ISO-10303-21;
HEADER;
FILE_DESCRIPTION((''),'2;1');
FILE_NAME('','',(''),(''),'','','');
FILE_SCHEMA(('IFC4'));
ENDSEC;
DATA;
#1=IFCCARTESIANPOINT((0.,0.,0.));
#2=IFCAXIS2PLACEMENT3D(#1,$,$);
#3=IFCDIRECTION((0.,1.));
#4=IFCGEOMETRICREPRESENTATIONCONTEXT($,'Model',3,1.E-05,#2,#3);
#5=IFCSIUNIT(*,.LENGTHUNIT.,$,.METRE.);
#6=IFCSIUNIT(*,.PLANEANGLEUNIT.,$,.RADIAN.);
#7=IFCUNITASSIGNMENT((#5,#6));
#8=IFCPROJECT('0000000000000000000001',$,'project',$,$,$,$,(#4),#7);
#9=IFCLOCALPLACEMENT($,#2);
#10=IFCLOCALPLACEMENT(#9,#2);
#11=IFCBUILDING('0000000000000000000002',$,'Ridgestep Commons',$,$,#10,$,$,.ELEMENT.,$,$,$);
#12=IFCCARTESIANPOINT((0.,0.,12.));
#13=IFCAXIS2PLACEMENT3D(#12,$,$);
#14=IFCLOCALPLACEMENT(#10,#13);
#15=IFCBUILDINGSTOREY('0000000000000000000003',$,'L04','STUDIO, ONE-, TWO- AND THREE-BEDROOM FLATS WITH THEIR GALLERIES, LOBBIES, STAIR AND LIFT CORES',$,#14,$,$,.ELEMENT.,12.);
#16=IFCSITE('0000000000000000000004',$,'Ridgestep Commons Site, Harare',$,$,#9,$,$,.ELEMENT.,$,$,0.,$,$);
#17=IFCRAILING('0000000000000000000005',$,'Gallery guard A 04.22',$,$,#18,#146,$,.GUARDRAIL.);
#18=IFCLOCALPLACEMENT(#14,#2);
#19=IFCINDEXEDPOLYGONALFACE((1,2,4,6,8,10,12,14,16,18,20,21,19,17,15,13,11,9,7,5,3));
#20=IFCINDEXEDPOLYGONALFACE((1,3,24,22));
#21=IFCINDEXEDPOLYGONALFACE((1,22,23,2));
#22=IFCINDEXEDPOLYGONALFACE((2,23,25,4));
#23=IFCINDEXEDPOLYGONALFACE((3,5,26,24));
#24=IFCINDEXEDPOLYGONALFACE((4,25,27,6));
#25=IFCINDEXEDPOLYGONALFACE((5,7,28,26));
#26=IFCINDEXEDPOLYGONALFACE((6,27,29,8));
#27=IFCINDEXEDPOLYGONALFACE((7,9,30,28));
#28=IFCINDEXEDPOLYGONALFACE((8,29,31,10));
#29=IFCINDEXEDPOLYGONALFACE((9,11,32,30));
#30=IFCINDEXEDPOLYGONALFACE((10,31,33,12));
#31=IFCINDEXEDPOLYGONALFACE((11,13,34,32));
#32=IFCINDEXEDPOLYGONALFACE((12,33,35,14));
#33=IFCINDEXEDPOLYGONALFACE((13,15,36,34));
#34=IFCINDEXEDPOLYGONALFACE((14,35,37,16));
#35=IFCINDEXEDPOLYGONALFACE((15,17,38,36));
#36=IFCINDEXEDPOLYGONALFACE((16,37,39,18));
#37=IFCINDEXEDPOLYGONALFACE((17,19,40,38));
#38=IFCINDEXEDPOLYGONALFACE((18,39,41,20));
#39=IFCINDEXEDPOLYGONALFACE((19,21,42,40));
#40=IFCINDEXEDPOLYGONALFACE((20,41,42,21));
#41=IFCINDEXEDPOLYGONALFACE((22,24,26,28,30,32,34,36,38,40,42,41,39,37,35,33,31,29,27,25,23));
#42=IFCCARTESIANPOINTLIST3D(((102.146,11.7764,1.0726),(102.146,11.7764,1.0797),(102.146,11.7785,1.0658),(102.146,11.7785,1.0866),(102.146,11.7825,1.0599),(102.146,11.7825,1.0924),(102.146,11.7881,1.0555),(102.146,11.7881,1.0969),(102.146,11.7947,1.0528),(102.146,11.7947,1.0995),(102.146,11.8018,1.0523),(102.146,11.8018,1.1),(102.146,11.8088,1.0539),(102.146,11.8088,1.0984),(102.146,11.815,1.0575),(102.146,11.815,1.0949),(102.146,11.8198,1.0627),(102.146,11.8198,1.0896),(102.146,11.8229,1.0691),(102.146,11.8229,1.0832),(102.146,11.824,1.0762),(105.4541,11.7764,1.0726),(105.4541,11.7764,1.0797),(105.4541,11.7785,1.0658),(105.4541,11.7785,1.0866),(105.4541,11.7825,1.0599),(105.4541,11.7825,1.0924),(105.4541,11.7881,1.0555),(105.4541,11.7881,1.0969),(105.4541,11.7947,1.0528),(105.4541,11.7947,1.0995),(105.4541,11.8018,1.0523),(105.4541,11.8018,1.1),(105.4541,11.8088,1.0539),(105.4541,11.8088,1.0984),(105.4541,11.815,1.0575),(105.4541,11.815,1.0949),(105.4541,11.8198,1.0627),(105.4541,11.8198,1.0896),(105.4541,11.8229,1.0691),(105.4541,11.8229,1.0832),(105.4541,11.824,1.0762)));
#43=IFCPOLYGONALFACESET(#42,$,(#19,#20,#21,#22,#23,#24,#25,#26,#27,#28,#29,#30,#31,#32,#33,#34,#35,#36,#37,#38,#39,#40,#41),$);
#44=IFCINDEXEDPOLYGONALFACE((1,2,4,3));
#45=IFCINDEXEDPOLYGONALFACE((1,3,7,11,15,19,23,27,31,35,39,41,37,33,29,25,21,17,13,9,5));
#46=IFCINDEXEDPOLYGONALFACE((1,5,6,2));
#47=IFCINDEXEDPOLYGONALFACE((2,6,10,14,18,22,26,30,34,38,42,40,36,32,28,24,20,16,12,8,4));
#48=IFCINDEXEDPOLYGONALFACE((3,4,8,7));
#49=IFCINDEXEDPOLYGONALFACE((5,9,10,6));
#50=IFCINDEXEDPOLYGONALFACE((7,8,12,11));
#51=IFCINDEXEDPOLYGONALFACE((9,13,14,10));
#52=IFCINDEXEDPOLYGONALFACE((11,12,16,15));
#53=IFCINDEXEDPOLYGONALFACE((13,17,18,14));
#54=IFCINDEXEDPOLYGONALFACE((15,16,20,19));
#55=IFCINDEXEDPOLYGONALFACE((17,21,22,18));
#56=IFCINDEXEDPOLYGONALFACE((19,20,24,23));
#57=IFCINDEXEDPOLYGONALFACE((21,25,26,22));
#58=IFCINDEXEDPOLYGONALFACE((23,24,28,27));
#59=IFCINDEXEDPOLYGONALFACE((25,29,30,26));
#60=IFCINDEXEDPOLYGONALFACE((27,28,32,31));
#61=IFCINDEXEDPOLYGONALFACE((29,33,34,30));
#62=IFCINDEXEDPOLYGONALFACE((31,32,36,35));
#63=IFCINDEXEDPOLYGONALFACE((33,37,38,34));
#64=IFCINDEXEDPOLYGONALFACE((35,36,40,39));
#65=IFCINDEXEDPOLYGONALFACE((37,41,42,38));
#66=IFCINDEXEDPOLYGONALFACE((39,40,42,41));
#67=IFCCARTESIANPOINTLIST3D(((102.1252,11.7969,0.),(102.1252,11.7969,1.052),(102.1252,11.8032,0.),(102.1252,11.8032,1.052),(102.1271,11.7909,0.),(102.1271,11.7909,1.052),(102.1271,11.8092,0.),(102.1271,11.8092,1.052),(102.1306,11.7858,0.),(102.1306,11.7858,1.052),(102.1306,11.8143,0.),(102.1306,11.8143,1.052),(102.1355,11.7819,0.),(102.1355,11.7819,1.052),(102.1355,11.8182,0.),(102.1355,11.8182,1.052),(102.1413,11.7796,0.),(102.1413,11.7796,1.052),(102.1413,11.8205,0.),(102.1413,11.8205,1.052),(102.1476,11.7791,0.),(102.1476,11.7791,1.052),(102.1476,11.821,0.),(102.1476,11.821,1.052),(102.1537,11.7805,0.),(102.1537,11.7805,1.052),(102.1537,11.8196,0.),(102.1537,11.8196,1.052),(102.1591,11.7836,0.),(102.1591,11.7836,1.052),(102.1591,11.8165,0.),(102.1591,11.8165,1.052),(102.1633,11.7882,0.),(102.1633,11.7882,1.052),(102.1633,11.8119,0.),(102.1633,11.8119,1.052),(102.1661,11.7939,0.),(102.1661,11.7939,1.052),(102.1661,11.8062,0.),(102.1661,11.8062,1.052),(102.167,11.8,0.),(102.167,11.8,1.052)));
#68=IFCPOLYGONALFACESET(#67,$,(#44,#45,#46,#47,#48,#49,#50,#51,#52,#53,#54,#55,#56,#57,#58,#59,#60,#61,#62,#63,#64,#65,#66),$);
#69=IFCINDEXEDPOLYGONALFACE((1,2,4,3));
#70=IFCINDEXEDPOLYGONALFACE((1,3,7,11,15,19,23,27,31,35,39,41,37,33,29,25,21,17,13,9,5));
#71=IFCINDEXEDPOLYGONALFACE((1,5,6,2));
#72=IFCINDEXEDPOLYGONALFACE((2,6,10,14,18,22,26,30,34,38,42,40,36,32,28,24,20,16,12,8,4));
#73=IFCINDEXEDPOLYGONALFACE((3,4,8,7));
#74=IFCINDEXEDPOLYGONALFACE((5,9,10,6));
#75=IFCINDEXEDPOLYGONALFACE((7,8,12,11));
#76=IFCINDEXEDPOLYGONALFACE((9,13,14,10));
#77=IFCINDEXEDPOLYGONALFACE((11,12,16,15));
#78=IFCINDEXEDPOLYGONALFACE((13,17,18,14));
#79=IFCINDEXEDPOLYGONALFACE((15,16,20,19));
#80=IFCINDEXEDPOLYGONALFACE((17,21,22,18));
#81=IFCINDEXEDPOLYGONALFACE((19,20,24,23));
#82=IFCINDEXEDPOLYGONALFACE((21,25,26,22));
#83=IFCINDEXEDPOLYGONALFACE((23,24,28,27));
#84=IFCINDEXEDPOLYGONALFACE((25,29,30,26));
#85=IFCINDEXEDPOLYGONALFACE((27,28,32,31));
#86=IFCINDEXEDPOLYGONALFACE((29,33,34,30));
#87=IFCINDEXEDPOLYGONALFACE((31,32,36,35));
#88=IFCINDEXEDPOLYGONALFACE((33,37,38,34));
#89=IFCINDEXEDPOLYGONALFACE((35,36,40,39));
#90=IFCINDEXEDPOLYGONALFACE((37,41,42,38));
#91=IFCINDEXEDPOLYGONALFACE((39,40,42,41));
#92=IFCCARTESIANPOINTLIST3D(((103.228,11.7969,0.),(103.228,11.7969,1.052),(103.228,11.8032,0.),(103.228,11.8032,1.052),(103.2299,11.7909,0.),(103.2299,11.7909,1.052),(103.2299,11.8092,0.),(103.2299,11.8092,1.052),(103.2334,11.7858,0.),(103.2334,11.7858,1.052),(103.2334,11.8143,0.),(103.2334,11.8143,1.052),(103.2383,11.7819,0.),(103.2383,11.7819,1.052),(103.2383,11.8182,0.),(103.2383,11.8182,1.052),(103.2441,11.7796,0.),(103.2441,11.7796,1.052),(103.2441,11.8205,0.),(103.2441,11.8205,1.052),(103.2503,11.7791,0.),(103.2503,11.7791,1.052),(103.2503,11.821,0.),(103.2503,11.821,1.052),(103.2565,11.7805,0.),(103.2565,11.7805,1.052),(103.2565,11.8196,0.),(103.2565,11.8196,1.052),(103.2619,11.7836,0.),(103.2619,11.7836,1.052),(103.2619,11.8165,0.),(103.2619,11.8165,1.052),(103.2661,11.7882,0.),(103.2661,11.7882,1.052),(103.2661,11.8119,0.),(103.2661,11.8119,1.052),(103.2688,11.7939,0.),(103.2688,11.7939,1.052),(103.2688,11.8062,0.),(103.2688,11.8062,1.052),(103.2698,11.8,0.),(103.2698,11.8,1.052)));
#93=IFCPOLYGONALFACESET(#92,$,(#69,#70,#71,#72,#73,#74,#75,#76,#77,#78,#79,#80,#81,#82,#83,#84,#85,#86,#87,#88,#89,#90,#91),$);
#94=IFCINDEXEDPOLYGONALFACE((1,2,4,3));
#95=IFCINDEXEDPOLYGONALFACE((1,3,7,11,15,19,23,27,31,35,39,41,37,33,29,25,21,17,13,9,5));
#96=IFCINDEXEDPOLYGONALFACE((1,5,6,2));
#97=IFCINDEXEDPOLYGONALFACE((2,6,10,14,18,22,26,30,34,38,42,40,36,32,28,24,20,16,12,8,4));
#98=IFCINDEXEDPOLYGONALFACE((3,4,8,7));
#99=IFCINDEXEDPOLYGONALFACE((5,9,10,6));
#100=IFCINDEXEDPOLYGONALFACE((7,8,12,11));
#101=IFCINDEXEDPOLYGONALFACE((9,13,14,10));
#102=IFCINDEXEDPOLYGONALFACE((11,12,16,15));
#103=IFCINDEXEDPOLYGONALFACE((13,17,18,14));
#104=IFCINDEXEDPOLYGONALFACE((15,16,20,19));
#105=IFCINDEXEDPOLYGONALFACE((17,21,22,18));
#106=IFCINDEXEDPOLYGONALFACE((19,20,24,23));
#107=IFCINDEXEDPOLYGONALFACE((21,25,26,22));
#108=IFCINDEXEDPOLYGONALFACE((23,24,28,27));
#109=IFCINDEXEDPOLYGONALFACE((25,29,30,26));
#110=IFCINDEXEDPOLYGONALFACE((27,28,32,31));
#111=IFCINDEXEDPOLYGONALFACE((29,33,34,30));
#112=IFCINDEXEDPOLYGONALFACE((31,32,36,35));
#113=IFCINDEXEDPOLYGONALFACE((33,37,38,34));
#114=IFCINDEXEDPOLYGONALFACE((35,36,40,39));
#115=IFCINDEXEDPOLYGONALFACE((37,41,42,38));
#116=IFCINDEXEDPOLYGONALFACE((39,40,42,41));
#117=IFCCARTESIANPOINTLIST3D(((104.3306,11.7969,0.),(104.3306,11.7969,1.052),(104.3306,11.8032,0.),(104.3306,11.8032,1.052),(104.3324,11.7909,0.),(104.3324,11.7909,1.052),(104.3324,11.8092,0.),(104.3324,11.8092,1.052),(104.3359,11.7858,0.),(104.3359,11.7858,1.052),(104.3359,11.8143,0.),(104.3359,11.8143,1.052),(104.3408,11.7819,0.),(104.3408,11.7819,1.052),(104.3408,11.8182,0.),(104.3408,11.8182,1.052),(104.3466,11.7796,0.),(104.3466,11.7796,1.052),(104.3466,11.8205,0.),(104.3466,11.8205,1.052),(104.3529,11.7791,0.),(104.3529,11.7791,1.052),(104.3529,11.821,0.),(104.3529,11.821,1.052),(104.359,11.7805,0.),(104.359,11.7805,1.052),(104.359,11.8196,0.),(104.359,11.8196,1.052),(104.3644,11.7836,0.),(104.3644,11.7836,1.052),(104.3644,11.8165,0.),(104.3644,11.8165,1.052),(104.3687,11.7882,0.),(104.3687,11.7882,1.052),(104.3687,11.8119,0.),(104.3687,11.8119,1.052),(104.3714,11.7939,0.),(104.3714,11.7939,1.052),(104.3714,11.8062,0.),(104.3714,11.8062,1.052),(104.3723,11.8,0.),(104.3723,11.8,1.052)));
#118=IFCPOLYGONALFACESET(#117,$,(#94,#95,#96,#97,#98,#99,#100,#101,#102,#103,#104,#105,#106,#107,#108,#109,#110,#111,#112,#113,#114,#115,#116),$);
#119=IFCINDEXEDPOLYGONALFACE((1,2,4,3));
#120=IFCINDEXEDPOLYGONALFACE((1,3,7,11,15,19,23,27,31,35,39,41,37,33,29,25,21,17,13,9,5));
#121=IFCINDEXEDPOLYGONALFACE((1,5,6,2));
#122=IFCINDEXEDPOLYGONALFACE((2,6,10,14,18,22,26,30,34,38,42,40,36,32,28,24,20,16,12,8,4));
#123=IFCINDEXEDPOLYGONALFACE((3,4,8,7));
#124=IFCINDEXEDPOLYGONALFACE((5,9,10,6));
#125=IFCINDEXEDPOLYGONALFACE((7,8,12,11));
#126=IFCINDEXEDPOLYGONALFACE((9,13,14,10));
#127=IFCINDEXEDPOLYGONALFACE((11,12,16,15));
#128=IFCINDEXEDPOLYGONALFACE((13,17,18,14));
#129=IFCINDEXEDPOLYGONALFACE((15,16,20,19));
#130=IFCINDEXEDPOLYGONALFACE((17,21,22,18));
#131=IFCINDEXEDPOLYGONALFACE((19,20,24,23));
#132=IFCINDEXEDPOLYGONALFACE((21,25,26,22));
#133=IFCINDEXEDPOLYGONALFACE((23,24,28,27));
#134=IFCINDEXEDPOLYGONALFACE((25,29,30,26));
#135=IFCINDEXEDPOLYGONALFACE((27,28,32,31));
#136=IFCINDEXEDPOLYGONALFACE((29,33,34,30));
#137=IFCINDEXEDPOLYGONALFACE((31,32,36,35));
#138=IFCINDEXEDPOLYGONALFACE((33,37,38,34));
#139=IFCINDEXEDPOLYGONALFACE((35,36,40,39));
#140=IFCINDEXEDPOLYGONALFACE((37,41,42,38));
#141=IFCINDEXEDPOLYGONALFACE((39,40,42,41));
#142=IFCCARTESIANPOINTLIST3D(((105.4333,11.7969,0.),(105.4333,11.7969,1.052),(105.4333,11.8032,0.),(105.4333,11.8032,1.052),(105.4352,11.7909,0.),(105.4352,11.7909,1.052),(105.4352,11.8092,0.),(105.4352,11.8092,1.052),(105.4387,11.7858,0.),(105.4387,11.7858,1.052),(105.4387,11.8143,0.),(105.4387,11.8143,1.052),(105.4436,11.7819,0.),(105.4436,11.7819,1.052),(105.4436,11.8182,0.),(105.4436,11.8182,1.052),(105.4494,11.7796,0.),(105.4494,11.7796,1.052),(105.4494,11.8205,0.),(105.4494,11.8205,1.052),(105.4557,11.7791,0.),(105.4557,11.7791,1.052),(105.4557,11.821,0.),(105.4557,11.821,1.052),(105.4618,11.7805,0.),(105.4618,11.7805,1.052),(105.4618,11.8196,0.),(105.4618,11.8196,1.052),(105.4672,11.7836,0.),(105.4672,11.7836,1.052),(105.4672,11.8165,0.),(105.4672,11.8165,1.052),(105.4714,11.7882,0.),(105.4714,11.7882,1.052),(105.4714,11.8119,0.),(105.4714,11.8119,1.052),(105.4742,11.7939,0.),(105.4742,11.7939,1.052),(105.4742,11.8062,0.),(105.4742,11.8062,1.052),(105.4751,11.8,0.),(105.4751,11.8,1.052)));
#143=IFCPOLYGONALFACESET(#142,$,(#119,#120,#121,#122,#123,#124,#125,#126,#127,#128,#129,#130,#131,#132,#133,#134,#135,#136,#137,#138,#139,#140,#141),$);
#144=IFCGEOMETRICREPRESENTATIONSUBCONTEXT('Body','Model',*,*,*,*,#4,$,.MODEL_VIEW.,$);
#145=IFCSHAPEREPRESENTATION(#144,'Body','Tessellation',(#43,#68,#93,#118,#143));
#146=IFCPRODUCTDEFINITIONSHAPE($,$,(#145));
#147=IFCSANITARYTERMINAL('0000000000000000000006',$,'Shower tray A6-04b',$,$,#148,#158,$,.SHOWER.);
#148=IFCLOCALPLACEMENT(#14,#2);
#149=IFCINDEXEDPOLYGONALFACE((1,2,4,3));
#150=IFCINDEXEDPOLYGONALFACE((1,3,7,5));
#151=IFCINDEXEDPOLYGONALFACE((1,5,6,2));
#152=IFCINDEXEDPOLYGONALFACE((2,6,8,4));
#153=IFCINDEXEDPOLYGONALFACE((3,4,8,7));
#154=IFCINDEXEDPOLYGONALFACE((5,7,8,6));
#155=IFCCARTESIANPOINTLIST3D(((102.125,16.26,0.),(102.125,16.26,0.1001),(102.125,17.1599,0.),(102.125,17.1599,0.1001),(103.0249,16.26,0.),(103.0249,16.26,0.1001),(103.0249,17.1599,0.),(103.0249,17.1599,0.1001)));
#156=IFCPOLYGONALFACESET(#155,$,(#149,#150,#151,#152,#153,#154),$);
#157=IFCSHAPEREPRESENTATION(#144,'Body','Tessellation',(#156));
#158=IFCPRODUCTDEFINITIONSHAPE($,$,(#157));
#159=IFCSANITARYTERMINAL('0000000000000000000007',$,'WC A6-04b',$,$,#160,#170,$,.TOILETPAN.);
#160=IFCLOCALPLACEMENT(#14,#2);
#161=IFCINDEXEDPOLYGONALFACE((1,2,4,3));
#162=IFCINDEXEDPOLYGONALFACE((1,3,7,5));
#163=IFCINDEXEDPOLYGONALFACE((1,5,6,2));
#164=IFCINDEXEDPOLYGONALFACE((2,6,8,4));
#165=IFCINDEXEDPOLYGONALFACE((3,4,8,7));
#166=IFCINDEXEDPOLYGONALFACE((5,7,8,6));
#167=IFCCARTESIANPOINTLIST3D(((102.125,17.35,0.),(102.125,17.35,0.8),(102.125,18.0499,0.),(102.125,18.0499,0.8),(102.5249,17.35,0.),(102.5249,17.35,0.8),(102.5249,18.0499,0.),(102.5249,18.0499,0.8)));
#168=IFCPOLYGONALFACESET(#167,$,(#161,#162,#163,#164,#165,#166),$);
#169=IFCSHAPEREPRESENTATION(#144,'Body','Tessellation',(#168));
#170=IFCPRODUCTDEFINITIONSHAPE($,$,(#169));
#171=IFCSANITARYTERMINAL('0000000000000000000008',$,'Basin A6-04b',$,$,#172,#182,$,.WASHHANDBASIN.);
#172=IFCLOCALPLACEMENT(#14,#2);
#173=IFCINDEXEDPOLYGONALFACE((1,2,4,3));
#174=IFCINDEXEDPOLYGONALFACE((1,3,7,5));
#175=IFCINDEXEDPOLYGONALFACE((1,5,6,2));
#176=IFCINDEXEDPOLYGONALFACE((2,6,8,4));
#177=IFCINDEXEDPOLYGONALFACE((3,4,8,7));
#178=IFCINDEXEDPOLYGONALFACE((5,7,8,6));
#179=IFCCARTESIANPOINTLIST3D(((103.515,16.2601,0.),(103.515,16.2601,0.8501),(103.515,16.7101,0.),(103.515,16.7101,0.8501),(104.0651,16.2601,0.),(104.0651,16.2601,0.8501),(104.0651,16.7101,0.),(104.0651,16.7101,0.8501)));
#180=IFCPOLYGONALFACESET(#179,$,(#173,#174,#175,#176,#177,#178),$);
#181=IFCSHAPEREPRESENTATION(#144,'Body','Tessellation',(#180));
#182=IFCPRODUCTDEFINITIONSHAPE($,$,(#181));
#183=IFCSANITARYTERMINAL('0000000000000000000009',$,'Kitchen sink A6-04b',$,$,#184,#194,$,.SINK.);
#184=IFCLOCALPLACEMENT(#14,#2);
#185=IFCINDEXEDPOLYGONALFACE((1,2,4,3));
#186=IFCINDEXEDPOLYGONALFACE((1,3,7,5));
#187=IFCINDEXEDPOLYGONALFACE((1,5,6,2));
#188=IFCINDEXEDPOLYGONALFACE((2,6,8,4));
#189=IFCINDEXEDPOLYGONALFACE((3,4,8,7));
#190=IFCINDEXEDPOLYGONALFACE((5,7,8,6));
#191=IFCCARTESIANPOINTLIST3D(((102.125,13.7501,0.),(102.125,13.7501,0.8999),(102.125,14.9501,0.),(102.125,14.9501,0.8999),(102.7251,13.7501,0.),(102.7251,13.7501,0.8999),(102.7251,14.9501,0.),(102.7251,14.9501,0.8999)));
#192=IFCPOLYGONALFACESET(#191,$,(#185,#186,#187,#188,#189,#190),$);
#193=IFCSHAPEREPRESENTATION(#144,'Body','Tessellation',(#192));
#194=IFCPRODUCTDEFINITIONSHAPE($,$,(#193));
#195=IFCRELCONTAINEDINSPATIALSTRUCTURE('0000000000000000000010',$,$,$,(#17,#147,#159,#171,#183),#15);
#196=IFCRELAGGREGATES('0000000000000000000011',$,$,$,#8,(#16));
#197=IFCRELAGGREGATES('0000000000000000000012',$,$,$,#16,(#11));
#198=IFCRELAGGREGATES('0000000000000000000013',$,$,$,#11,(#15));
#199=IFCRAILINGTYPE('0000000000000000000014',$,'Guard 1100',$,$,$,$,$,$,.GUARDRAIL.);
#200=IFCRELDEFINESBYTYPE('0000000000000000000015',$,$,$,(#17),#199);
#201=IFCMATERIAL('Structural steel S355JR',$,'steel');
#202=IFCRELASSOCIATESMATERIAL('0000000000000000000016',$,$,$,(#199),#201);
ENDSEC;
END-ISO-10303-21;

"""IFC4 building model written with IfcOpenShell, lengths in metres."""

from ifc_helpers import new_model, si_unit, direction, frame, origin, origin_2d, place, context, subcontext, project, spatial, rectangle, circle, extrude, material, type_object, element, save


model = new_model("IFC4")

# Units and contexts
model_context = context("Model", 3, precision=1e-05, world=origin(), true_north=direction((0.0, 1.0)))
body_context = subcontext(model_context, "Body", "Model", "MODEL_VIEW")
ifc_project = project(units=[si_unit("LENGTHUNIT", "METRE"), si_unit("PLANEANGLEUNIT", "RADIAN")], contexts=[model_context])

# Site, building, storey
site_placement = place(None, origin())
site = spatial("IfcSite", under=ifc_project, at=site_placement, Name="Ridgestep Commons Site, Harare", CompositionType="ELEMENT", RefElevation=0.0)
building_placement = place(site_placement, origin())
building = spatial("IfcBuilding", under=site, at=building_placement, Name="Ridgestep Commons", CompositionType="ELEMENT")
storey_placement = place(building_placement, frame((0.0, 0.0, 12.0)))
storey = spatial("IfcBuildingStorey", under=building, at=storey_placement, Name="L04", Description="STUDIO, ONE-, TWO- AND THREE-BEDROOM FLATS WITH THEIR GALLERIES, LOBBIES, STAIR AND LIFT CORES", CompositionType="ELEMENT", Elevation=12.0)

# Railing
ifc_material_1 = material(Name="Structural steel S355JR", Category="steel")
railing_type = type_object("IfcRailingType", Name="Guard 1100", PredefinedType="GUARDRAIL", material=ifc_material_1)
railing_placement = place(storey_placement, frame((102.146, 11.8, 0.0)))
element("IfcRailing", 1, at=railing_placement, inside=storey, type_object=railing_type, Name="Gallery guard A 04.22", PredefinedType="GUARDRAIL", context=body_context, shape_type="SweptSolid", body=[
    extrude(circle(Radius=0.0239, at=origin_2d()), frame((0.0, 0.0, 1.0762), z_axis=(1.0, 0.0, 0.0), x_axis=(0.0, 1.0, 0.0)), (0.0, 0.0, 1.0), 3.3081),
    extrude(circle(Radius=0.021, at=origin_2d()), origin(), (0.0, 0.0, 1.0), 1.052),
    extrude(circle(Radius=0.021, at=origin_2d()), frame((1.1028, 0.0, 0.0)), (0.0, 0.0, 1.0), 1.052),
    extrude(circle(Radius=0.021, at=origin_2d()), frame((2.2053, 0.0, 0.0)), (0.0, 0.0, 1.0), 1.052),
    extrude(circle(Radius=0.021, at=origin_2d()), frame((3.3081, 0.0, 0.0)), (0.0, 0.0, 1.0), 1.052),
])

# Sanitary terminals
sanitary_terminal_1_placement = place(storey_placement, frame((102.575, 16.71, 0.0), z_axis=(0.0, 0.0, 1.0), x_axis=(1.0, 0.0, 0.0)))
element("IfcSanitaryTerminal", 2, at=sanitary_terminal_1_placement, inside=storey, Name="Shower tray A6-04b", PredefinedType="SHOWER", context=body_context, shape_type="SweptSolid", body=[
    extrude(rectangle(XDim=0.8999, YDim=0.8999, at=origin_2d()), origin(), (0.0, 0.0, 1.0), 0.1001),
])
sanitary_terminal_2_placement = place(storey_placement, frame((102.325, 17.7, 0.0), z_axis=(0.0, 0.0, 1.0), x_axis=(1.0, 0.0, 0.0)))
element("IfcSanitaryTerminal", 3, at=sanitary_terminal_2_placement, inside=storey, Name="WC A6-04b", PredefinedType="TOILETPAN", context=body_context, shape_type="SweptSolid", body=[
    extrude(rectangle(XDim=0.3999, YDim=0.7, at=origin_2d()), origin(), (0.0, 0.0, 1.0), 0.8),
])
sanitary_terminal_3_placement = place(storey_placement, frame((103.79, 16.4851, 0.0), z_axis=(0.0, 0.0, 1.0), x_axis=(1.0, 0.0, 0.0)))
element("IfcSanitaryTerminal", 4, at=sanitary_terminal_3_placement, inside=storey, Name="Basin A6-04b", PredefinedType="WASHHANDBASIN", context=body_context, shape_type="SweptSolid", body=[
    extrude(rectangle(XDim=0.55, YDim=0.45, at=origin_2d()), origin(), (0.0, 0.0, 1.0), 0.8501),
])
sanitary_terminal_4_placement = place(storey_placement, frame((102.425, 14.3501, 0.0), z_axis=(0.0, 0.0, 1.0), x_axis=(1.0, 0.0, 0.0)))
element("IfcSanitaryTerminal", 5, at=sanitary_terminal_4_placement, inside=storey, Name="Kitchen sink A6-04b", PredefinedType="SINK", context=body_context, shape_type="SweptSolid", body=[
    extrude(rectangle(XDim=0.6001, YDim=1.2, at=origin_2d()), origin(), (0.0, 0.0, 1.0), 0.8999),
])

save(model, "model.ifc")
